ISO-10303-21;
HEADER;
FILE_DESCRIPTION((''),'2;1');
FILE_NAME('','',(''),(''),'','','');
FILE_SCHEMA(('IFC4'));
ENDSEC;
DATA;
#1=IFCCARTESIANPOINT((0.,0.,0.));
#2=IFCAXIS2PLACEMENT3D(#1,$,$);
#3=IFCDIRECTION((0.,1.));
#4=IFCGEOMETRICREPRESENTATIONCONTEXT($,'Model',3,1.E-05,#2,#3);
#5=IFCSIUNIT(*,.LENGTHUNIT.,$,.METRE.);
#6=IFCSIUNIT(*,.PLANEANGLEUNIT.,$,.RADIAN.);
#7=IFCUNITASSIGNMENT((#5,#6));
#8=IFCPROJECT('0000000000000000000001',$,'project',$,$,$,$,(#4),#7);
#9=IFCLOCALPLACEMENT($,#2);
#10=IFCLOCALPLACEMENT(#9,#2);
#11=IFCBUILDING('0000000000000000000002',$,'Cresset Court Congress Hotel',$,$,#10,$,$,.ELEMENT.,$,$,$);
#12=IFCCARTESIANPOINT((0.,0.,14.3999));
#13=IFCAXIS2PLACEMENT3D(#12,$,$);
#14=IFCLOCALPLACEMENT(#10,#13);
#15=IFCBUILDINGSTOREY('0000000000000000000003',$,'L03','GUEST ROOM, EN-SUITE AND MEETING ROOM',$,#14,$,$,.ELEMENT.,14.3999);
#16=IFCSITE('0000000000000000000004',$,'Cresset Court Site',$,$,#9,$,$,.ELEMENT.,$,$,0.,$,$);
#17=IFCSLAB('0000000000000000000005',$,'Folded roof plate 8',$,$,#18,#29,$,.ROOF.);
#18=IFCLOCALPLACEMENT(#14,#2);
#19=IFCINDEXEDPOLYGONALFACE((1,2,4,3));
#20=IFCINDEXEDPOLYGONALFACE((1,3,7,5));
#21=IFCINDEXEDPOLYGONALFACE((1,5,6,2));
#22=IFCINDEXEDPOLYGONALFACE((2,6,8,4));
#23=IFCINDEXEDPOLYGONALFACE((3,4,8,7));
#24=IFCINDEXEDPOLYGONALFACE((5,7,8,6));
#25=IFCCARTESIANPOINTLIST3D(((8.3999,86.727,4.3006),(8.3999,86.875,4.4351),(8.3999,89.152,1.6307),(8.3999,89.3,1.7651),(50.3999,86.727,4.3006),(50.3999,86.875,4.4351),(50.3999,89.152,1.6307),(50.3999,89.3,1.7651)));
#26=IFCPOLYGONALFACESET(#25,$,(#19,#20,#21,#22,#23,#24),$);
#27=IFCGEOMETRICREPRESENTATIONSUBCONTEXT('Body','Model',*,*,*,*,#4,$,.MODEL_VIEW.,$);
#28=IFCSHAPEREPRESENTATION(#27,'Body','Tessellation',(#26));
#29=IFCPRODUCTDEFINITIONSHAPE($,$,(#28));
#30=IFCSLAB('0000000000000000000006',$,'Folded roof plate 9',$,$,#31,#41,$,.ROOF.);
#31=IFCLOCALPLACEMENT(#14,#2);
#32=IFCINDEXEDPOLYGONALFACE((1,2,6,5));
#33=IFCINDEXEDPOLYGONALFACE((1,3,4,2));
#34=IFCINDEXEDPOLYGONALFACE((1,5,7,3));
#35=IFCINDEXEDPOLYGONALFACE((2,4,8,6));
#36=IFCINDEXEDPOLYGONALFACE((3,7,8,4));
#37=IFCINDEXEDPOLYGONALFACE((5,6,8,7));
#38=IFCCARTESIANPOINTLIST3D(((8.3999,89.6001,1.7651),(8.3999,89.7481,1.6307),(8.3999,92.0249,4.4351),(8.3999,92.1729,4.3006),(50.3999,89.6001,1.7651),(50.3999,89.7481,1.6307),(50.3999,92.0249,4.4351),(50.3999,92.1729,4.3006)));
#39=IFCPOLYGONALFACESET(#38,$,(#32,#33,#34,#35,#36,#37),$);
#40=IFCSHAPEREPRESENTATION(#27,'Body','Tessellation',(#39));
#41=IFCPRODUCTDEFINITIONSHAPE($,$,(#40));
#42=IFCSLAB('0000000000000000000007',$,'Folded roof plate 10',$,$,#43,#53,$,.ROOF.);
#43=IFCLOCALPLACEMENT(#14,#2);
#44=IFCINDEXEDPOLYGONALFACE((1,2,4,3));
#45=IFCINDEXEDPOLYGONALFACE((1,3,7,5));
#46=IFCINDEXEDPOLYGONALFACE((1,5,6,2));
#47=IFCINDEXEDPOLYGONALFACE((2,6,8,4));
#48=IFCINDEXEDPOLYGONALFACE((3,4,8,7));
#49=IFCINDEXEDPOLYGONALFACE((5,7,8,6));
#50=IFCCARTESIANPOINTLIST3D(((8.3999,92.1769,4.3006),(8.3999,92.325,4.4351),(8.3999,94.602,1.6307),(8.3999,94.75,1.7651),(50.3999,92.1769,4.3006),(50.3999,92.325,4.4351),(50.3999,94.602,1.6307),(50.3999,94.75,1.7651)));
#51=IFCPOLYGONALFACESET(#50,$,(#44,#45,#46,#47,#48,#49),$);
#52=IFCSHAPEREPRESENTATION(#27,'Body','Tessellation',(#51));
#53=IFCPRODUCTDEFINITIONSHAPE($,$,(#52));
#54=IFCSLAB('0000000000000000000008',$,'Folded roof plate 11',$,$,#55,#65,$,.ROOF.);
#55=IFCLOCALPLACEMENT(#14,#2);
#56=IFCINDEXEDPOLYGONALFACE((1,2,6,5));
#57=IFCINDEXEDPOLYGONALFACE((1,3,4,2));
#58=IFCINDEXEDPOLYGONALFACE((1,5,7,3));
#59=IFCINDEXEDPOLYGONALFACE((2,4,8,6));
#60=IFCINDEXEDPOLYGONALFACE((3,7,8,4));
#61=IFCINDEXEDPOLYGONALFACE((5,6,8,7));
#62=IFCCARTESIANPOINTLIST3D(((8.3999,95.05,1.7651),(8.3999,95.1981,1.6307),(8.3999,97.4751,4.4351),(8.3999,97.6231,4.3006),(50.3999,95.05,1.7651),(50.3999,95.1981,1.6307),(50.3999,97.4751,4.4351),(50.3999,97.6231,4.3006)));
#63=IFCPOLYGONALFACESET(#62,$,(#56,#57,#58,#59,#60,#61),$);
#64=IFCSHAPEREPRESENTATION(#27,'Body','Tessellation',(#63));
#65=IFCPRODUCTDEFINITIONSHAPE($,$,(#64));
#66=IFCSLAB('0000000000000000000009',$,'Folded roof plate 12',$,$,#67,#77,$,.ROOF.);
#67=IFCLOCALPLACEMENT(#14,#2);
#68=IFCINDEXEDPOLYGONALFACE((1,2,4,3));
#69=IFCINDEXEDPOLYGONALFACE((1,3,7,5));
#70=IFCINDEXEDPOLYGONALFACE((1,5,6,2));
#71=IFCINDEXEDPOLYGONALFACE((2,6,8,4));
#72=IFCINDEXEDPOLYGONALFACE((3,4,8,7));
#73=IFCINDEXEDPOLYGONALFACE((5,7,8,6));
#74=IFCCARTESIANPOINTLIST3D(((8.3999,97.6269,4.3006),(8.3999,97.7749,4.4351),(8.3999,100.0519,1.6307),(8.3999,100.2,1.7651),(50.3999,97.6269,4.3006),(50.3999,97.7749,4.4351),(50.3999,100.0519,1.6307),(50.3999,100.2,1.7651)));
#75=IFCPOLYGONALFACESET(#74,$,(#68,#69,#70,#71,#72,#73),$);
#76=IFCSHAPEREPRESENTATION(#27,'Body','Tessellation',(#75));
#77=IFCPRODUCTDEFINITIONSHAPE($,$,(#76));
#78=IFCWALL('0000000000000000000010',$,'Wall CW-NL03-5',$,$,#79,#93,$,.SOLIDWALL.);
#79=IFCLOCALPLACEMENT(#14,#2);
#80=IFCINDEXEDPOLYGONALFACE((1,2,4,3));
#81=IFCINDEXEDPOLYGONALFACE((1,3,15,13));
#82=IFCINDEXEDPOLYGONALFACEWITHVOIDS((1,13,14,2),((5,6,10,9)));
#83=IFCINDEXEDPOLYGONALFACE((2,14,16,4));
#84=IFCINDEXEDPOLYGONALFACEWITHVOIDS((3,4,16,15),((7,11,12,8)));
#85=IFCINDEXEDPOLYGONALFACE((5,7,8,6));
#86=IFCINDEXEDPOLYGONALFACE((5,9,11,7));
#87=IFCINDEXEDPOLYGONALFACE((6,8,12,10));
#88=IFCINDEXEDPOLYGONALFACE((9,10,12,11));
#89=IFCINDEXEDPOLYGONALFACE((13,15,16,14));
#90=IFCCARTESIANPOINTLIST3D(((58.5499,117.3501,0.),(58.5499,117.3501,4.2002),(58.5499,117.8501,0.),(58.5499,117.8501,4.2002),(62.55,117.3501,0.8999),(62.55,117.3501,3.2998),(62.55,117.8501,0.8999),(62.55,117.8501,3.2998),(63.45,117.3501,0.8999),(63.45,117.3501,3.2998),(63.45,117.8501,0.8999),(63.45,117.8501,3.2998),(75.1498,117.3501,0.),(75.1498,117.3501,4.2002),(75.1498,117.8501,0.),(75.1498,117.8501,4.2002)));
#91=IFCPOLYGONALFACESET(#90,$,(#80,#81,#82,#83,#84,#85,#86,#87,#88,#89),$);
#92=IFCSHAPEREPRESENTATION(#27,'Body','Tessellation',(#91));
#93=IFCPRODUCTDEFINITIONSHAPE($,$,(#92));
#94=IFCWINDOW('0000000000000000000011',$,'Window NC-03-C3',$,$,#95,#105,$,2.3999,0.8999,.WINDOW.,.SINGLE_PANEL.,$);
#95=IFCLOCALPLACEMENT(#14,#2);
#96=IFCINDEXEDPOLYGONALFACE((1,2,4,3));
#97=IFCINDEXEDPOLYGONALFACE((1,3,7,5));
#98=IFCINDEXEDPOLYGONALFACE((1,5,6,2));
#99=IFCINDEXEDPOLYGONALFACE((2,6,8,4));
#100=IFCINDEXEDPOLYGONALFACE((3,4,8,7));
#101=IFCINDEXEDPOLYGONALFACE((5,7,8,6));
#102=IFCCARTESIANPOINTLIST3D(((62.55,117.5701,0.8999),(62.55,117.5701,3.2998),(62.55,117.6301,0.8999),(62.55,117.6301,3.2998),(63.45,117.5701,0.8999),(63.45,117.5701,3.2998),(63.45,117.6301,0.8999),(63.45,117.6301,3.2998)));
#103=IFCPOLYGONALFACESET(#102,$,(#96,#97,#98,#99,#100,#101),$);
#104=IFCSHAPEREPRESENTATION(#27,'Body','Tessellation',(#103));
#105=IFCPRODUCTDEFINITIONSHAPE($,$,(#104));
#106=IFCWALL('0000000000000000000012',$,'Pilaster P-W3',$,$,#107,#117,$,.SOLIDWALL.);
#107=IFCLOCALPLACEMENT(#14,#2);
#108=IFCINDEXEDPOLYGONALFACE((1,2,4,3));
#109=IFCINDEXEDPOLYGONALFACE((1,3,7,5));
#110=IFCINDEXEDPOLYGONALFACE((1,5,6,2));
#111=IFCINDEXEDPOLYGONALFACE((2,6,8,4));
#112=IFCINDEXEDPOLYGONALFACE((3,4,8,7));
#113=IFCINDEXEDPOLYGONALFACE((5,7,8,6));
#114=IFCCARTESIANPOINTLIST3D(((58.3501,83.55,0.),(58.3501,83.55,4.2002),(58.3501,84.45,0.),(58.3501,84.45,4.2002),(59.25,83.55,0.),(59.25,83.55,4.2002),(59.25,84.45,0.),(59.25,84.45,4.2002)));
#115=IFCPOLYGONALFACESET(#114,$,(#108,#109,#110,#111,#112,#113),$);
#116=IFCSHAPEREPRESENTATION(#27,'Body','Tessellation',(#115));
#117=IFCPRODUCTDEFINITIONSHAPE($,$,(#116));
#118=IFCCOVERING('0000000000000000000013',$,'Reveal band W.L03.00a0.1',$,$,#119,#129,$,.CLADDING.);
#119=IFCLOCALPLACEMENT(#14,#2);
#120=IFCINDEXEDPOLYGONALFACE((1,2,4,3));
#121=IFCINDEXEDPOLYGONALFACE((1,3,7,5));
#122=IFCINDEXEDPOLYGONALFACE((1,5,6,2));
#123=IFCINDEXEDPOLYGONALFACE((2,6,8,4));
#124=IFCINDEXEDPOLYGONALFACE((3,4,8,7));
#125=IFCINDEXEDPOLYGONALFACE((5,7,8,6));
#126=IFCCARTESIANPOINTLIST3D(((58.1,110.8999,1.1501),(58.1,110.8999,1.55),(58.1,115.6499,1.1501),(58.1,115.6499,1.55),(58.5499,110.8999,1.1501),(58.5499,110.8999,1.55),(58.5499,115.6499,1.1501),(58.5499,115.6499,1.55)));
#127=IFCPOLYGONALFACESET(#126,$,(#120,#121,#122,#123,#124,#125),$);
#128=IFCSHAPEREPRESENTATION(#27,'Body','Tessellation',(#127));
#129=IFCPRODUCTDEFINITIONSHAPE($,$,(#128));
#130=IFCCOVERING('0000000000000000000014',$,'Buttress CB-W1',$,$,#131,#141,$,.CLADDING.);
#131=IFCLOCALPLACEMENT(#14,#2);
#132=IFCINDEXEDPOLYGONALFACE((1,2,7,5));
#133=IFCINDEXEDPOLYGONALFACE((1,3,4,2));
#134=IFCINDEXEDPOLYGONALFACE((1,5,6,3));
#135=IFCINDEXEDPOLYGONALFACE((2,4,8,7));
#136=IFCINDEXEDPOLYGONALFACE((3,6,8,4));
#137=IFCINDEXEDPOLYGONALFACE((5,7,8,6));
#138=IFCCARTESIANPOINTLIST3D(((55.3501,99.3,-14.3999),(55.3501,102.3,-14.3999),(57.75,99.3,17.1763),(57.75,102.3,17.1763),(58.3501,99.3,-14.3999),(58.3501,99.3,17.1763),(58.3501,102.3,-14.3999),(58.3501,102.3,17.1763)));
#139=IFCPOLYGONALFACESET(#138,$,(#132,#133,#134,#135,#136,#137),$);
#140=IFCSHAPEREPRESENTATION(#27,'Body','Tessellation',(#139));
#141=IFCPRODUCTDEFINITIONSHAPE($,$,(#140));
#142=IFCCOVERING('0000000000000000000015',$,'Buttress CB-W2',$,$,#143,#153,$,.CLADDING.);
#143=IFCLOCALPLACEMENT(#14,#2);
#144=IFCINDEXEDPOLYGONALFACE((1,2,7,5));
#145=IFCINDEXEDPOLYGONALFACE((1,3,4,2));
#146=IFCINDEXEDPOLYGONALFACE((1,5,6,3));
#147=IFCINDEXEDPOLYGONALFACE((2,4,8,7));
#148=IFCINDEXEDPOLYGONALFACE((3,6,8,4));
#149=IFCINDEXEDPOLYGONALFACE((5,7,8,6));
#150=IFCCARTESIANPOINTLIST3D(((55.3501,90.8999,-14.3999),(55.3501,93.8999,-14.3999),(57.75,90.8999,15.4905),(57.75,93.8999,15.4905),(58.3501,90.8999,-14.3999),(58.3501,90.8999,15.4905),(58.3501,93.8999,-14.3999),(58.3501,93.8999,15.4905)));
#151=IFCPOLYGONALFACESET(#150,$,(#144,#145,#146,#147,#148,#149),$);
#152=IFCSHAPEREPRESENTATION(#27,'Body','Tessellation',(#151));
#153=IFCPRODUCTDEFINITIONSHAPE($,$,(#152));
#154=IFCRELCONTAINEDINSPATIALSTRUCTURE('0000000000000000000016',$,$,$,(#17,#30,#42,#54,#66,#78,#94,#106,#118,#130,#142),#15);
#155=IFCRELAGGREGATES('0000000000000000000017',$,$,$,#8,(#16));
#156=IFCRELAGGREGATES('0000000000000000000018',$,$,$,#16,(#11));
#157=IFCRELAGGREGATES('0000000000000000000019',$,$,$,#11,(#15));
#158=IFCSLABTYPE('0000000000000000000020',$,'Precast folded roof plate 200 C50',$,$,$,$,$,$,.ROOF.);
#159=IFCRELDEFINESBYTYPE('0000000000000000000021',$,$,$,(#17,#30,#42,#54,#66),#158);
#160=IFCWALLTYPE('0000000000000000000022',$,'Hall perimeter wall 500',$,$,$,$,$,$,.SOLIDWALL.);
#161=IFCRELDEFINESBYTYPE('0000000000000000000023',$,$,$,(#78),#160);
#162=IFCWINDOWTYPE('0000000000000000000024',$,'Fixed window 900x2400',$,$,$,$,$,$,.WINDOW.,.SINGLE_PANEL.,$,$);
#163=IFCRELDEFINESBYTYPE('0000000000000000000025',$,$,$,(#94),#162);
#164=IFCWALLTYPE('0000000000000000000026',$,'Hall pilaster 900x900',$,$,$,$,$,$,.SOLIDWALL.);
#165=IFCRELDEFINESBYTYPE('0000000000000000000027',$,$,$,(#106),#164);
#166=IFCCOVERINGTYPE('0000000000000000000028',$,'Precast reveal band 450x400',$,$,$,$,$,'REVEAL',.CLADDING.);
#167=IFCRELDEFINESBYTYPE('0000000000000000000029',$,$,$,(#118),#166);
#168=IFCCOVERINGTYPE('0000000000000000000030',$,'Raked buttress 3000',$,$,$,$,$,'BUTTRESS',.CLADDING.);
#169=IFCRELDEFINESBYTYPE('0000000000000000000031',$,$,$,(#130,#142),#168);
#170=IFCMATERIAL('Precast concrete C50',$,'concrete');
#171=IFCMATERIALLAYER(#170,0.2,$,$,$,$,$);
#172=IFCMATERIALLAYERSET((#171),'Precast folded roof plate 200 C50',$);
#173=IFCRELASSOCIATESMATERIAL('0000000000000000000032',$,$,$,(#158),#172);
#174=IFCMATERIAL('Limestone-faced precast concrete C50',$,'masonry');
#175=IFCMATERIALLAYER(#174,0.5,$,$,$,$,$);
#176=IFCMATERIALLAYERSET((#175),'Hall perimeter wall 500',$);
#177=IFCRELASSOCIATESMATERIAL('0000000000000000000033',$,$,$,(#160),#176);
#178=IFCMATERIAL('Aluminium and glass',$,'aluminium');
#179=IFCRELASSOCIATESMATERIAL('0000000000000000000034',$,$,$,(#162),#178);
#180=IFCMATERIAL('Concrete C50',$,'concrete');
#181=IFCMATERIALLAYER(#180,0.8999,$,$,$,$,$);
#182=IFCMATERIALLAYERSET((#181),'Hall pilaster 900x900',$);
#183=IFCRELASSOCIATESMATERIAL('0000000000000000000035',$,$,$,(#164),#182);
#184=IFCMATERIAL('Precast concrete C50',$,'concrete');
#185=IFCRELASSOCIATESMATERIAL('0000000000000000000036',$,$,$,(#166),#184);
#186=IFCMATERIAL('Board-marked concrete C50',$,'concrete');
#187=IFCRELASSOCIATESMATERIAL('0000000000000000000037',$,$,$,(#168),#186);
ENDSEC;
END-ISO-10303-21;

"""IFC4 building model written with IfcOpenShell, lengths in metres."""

from ifc_helpers import new_model, si_unit, direction, frame, frame_2d, origin, origin_2d, place, context, subcontext, project, spatial, polyline, rectangle, outline, extrude, material, layer, layer_set, type_object, element, fill, save


model = new_model("IFC4")

# Units and contexts
model_context = context("Model", 3, precision=1e-05, world=origin(), true_north=direction((0.0, 1.0)))
body_context = subcontext(model_context, "Body", "Model", "MODEL_VIEW")
ifc_project = project(units=[si_unit("LENGTHUNIT", "METRE"), si_unit("PLANEANGLEUNIT", "RADIAN")], contexts=[model_context])

# Site, building, storey
site_placement = place(None, origin())
site = spatial("IfcSite", under=ifc_project, at=site_placement, Name="Cresset Court Site", CompositionType="ELEMENT", RefElevation=0.0)
building_placement = place(site_placement, origin())
building = spatial("IfcBuilding", under=site, at=building_placement, Name="Cresset Court Congress Hotel", CompositionType="ELEMENT")
storey_placement = place(building_placement, frame((0.0, 0.0, 14.3999)))
storey = spatial("IfcBuildingStorey", under=building, at=storey_placement, Name="L03", Description="GUEST ROOM, EN-SUITE AND MEETING ROOM", CompositionType="ELEMENT", Elevation=14.3999)

# Slabs
ifc_material_1 = material(Name="Precast concrete C50", Category="concrete")
ifc_layer_1 = layer(ifc_material_1, 0.2)
ifc_layer_set_1 = layer_set([ifc_layer_1], Name="Precast folded roof plate 200 C50")
slab_type = type_object("IfcSlabType", Name="Precast folded roof plate 200 C50", PredefinedType="ROOF", material=ifc_layer_set_1)
slab_1_placement = place(storey_placement, frame((8.3999, 86.875, 4.4351), z_axis=(0.0, 0.740237, 0.672346), x_axis=(1.0, 0.0, 0.0)))
element("IfcSlab", 1, at=slab_1_placement, inside=storey, type_object=slab_type, Name="Folded roof plate 8", PredefinedType="ROOF", context=body_context, shape_type="SweptSolid", body=[
    extrude(outline(polyline([(0.0, 0.0), (42.0, 0.0), (42.0, 3.6068), (0.0, 3.6068), (0.0, 0.0)])), origin(), (0.0, 0.0, -1.0), 0.2),
])
slab_2_placement = place(storey_placement, frame((8.3999, 89.6001, 1.7651), z_axis=(0.0, -0.740271, 0.672309), x_axis=(1.0, 0.0, 0.0)))
element("IfcSlab", 2, at=slab_2_placement, inside=storey, type_object=slab_type, Name="Folded roof plate 9", PredefinedType="ROOF", context=body_context, shape_type="SweptSolid", body=[
    extrude(outline(polyline([(0.0, 0.0), (42.0, 0.0), (42.0, 3.6067), (0.0, 3.6067), (0.0, 0.0)])), origin(), (0.0, 0.0, -1.0), 0.2),
])
for number, where, z_axis, x_axis, name in (
    (3, (8.3999, 92.325, 4.4351), (0.0, 0.740237, 0.672346), (1.0, 0.0, 0.0), "Folded roof plate 10"),
    (4, (8.3999, 95.05, 1.7651), (0.0, -0.740237, 0.672346), (1.0, 0.0, 0.0), "Folded roof plate 11"),
    (5, (8.3999, 97.7749, 4.4351), (0.0, 0.740237, 0.672346), (1.0, 0.0, 0.0), "Folded roof plate 12"),
):
    element("IfcSlab", number, at=place(storey_placement, frame(where, z_axis=z_axis, x_axis=x_axis)), inside=storey, type_object=slab_type, Name=name, PredefinedType="ROOF", context=body_context, shape_type="SweptSolid", body=[
        extrude(outline(polyline([(0.0, 0.0), (42.0, 0.0), (42.0, 3.6068), (0.0, 3.6068), (0.0, 0.0)])), origin(), (0.0, 0.0, -1.0), 0.2),
    ])

# Wall, opening, window
ifc_material_2 = material(Name="Limestone-faced precast concrete C50", Category="masonry")
ifc_layer_2 = layer(ifc_material_2, 0.5)
ifc_layer_set_2 = layer_set([ifc_layer_2], Name="Hall perimeter wall 500")
wall_type_1 = type_object("IfcWallType", Name="Hall perimeter wall 500", PredefinedType="SOLIDWALL", material=ifc_layer_set_2)
wall_1_placement = place(storey_placement, frame((58.55, 117.6001, 0.0), z_axis=(0.0, 0.0, 1.0), x_axis=(1.0, 0.0, 0.0)))
wall_1 = element("IfcWall", 6, at=wall_1_placement, inside=storey, type_object=wall_type_1, Name="Wall CW-NL03-5", PredefinedType="SOLIDWALL", context=body_context, shape_type="SweptSolid", body=[
    extrude(rectangle(XDim=16.5999, YDim=0.5, at=frame_2d((8.2998, 0.0))), origin(), (0.0, 0.0, 1.0), 4.2002),
])
opening_placement = place(wall_1_placement, frame((4.0, 0.0, 0.8999)))
opening = element("IfcOpeningElement", 7, at=opening_placement, cuts=wall_1, PredefinedType="OPENING", context=body_context, shape_type="SweptSolid", body=[
    extrude(rectangle(XDim=0.8999, YDim=2.3999, at=frame_2d((0.45, 1.2))), frame((0.0, 0.26, 0.0), z_axis=(0.0, -1.0, 0.0), x_axis=(1.0, 0.0, 0.0)), (0.0, 0.0, 1.0), 0.52),
])
ifc_material_3 = material(Name="Aluminium and glass", Category="aluminium")
window_type = type_object("IfcWindowType", Name="Fixed window 900x2400", PartitioningType="SINGLE_PANEL", PredefinedType="WINDOW", material=ifc_material_3)
window_placement = place(opening_placement, origin())
window = element("IfcWindow", 8, at=window_placement, inside=storey, type_object=window_type, Name="Window NC-03-C3", OverallHeight=2.3999, OverallWidth=0.8999, PartitioningType="SINGLE_PANEL", PredefinedType="WINDOW", context=body_context, shape_type="SweptSolid", body=[
    extrude(rectangle(XDim=0.8999, YDim=2.3999, at=frame_2d((0.45, 1.2))), frame((0.0, 0.03, 0.0), z_axis=(0.0, -1.0, 0.0), x_axis=(1.0, 0.0, 0.0)), (0.0, 0.0, 1.0), 0.0601),
])
fill(opening, window)

# Wall
ifc_material_4 = material(Name="Concrete C50", Category="concrete")
ifc_layer_3 = layer(ifc_material_4, 0.8999)
ifc_layer_set_3 = layer_set([ifc_layer_3], Name="Hall pilaster 900x900")
wall_type_2 = type_object("IfcWallType", Name="Hall pilaster 900x900", PredefinedType="SOLIDWALL", material=ifc_layer_set_3)
wall_2_placement = place(storey_placement, frame((58.8, 84.45, 0.0), z_axis=(0.0, 0.0, 1.0), x_axis=(0.0, -1.0, 0.0)))
element("IfcWall", 9, at=wall_2_placement, inside=storey, type_object=wall_type_2, Name="Pilaster P-W3", PredefinedType="SOLIDWALL", context=body_context, shape_type="SweptSolid", body=[
    extrude(rectangle(XDim=0.8999, YDim=0.8999, at=frame_2d((0.45, 0.0))), origin(), (0.0, 0.0, 1.0), 4.2002),
])

# Coverings
ifc_material_5 = material(Name="Precast concrete C50", Category="concrete")
covering_type_1 = type_object("IfcCoveringType", Name="Precast reveal band 450x400", ElementType="REVEAL", PredefinedType="CLADDING", material=ifc_material_5)
covering_1_placement = place(storey_placement, frame((58.325, 113.2749, 1.1501), z_axis=(0.0, 0.0, 1.0), x_axis=(0.0, 1.0, 0.0)))
element("IfcCovering", 10, at=covering_1_placement, inside=storey, type_object=covering_type_1, Name="Reveal band W.L03.00a0.1", PredefinedType="CLADDING", context=body_context, shape_type="SweptSolid", body=[
    extrude(rectangle(XDim=4.75, YDim=0.45, at=origin_2d()), origin(), (0.0, 0.0, 1.0), 0.3999),
])
ifc_material_6 = material(Name="Board-marked concrete C50", Category="concrete")
covering_type_2 = type_object("IfcCoveringType", Name="Raked buttress 3000", ElementType="BUTTRESS", PredefinedType="CLADDING", material=ifc_material_6)
covering_2_placement = place(storey_placement, frame((0.0, 100.8, -14.3999)))
element("IfcCovering", 11, at=covering_2_placement, inside=storey, type_object=covering_type_2, Name="Buttress CB-W1", PredefinedType="CLADDING", context=body_context, shape_type="SweptSolid", body=[
    extrude(outline(polyline([(58.3501, 31.5762), (57.75, 31.5762), (55.3501, 0.0), (58.3501, 0.0), (58.3501, 31.5762)])), frame((0.0, 1.5, 0.0), z_axis=(0.0, -1.0, 0.0), x_axis=(1.0, 0.0, 0.0)), (0.0, 0.0, 1.0), 3.0),
])
covering_3_placement = place(storey_placement, frame((0.0, 92.3999, -14.3999)))
element("IfcCovering", 12, at=covering_3_placement, inside=storey, type_object=covering_type_2, Name="Buttress CB-W2", PredefinedType="CLADDING", context=body_context, shape_type="SweptSolid", body=[
    extrude(outline(polyline([(58.3501, 29.8904), (57.75, 29.8904), (55.3501, 0.0), (58.3501, 0.0), (58.3501, 29.8904)])), frame((0.0, 1.5, 0.0), z_axis=(0.0, -1.0, 0.0), x_axis=(1.0, 0.0, 0.0)), (0.0, 0.0, 1.0), 3.0),
])

save(model, "model.ifc")
